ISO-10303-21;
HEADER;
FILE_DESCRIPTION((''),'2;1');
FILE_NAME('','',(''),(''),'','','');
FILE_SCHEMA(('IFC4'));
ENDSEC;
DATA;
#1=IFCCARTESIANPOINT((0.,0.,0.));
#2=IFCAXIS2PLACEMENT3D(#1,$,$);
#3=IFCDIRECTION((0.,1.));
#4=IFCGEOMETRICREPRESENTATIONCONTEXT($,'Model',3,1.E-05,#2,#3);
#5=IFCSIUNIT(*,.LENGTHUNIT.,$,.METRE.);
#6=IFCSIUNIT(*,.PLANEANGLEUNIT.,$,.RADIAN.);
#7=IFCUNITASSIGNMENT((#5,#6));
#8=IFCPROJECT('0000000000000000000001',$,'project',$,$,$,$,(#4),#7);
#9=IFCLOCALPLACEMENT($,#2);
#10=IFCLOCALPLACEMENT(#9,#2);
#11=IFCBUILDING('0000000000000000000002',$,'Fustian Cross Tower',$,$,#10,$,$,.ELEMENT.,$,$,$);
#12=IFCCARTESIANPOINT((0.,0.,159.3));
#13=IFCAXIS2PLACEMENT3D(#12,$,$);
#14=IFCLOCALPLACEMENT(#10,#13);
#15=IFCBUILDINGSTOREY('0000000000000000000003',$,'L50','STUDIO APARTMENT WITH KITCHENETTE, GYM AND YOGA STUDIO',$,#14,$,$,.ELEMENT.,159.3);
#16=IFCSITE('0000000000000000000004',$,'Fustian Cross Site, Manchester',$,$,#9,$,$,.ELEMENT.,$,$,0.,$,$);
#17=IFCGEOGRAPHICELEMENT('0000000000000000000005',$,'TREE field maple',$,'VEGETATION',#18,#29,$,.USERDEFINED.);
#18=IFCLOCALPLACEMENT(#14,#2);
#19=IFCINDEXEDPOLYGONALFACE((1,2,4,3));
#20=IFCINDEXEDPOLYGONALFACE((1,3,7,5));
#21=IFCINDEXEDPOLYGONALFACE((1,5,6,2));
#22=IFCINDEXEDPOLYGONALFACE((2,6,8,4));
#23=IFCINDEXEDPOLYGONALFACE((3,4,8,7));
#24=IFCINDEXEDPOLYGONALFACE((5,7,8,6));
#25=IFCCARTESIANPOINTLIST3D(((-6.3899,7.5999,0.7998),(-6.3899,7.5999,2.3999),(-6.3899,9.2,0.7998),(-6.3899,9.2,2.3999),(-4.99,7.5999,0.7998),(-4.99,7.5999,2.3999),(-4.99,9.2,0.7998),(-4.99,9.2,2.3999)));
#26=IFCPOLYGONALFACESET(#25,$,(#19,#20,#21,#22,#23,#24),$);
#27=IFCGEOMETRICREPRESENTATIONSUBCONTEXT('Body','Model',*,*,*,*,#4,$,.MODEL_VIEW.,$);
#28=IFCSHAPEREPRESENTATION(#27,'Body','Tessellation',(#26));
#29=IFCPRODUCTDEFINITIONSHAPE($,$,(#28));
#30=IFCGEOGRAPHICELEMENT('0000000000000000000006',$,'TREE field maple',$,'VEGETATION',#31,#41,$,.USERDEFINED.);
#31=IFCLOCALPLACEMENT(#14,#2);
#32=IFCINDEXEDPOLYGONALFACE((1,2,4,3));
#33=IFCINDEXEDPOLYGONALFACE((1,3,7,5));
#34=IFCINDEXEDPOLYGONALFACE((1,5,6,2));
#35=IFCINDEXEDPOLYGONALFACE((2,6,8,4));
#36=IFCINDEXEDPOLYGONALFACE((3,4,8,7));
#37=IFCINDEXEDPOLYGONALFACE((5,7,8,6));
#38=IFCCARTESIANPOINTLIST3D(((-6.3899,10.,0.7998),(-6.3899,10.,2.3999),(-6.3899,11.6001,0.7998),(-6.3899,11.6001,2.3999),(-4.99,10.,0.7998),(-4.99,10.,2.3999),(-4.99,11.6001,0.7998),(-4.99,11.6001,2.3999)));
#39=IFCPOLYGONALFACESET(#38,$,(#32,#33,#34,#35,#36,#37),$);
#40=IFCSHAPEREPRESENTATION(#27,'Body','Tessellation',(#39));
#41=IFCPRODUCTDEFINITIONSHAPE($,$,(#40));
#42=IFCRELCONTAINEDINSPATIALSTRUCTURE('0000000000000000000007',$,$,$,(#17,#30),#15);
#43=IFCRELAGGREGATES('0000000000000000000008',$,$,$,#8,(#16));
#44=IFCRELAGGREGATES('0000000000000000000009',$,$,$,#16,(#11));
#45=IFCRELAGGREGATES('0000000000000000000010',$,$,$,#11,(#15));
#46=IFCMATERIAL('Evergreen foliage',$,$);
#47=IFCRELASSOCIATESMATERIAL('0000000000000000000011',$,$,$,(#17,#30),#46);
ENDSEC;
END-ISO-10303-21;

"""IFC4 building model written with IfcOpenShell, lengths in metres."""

from ifc_helpers import new_model, si_unit, direction, frame, origin, origin_2d, place, context, subcontext, project, spatial, rectangle, extrude, material, element, save


model = new_model("IFC4")

# Units and contexts
model_context = context("Model", 3, precision=1e-05, world=origin(), true_north=direction((0.0, 1.0)))
body_context = subcontext(model_context, "Body", "Model", "MODEL_VIEW")
ifc_project = project(units=[si_unit("LENGTHUNIT", "METRE"), si_unit("PLANEANGLEUNIT", "RADIAN")], contexts=[model_context])

# Site, building, storey
site_placement = place(None, origin())
site = spatial("IfcSite", under=ifc_project, at=site_placement, Name="Fustian Cross Site, Manchester", CompositionType="ELEMENT", RefElevation=0.0)
building_placement = place(site_placement, origin())
building = spatial("IfcBuilding", under=site, at=building_placement, Name="Fustian Cross Tower", CompositionType="ELEMENT")
storey_placement = place(building_placement, frame((0.0, 0.0, 159.3)))
storey = spatial("IfcBuildingStorey", under=building, at=storey_placement, Name="L50", Description="STUDIO APARTMENT WITH KITCHENETTE, GYM AND YOGA STUDIO", CompositionType="ELEMENT", Elevation=159.3)

# Geographic elements
ifc_material_1 = material(Name="Evergreen foliage")
for number, where, z_axis, x_axis, name in (
    (1, (-5.6899, 8.3999, 0.7998), (0.0, 0.0, 1.0), (1.0, 0.0, 0.0), "TREE field maple"),
    (2, (-5.6899, 10.8, 0.7998), (0.0, 0.0, 1.0), (1.0, 0.0, 0.0), "TREE field maple"),
):
    element("IfcGeographicElement", number, at=place(storey_placement, frame(where, z_axis=z_axis, x_axis=x_axis)), inside=storey, material=ifc_material_1, Name=name, ObjectType="VEGETATION", PredefinedType="USERDEFINED", context=body_context, shape_type="SweptSolid", body=[
        extrude(rectangle(XDim=1.3999, YDim=1.6001, at=origin_2d()), origin(), (0.0, 0.0, 1.0), 1.6001),
    ])

save(model, "model.ifc")
